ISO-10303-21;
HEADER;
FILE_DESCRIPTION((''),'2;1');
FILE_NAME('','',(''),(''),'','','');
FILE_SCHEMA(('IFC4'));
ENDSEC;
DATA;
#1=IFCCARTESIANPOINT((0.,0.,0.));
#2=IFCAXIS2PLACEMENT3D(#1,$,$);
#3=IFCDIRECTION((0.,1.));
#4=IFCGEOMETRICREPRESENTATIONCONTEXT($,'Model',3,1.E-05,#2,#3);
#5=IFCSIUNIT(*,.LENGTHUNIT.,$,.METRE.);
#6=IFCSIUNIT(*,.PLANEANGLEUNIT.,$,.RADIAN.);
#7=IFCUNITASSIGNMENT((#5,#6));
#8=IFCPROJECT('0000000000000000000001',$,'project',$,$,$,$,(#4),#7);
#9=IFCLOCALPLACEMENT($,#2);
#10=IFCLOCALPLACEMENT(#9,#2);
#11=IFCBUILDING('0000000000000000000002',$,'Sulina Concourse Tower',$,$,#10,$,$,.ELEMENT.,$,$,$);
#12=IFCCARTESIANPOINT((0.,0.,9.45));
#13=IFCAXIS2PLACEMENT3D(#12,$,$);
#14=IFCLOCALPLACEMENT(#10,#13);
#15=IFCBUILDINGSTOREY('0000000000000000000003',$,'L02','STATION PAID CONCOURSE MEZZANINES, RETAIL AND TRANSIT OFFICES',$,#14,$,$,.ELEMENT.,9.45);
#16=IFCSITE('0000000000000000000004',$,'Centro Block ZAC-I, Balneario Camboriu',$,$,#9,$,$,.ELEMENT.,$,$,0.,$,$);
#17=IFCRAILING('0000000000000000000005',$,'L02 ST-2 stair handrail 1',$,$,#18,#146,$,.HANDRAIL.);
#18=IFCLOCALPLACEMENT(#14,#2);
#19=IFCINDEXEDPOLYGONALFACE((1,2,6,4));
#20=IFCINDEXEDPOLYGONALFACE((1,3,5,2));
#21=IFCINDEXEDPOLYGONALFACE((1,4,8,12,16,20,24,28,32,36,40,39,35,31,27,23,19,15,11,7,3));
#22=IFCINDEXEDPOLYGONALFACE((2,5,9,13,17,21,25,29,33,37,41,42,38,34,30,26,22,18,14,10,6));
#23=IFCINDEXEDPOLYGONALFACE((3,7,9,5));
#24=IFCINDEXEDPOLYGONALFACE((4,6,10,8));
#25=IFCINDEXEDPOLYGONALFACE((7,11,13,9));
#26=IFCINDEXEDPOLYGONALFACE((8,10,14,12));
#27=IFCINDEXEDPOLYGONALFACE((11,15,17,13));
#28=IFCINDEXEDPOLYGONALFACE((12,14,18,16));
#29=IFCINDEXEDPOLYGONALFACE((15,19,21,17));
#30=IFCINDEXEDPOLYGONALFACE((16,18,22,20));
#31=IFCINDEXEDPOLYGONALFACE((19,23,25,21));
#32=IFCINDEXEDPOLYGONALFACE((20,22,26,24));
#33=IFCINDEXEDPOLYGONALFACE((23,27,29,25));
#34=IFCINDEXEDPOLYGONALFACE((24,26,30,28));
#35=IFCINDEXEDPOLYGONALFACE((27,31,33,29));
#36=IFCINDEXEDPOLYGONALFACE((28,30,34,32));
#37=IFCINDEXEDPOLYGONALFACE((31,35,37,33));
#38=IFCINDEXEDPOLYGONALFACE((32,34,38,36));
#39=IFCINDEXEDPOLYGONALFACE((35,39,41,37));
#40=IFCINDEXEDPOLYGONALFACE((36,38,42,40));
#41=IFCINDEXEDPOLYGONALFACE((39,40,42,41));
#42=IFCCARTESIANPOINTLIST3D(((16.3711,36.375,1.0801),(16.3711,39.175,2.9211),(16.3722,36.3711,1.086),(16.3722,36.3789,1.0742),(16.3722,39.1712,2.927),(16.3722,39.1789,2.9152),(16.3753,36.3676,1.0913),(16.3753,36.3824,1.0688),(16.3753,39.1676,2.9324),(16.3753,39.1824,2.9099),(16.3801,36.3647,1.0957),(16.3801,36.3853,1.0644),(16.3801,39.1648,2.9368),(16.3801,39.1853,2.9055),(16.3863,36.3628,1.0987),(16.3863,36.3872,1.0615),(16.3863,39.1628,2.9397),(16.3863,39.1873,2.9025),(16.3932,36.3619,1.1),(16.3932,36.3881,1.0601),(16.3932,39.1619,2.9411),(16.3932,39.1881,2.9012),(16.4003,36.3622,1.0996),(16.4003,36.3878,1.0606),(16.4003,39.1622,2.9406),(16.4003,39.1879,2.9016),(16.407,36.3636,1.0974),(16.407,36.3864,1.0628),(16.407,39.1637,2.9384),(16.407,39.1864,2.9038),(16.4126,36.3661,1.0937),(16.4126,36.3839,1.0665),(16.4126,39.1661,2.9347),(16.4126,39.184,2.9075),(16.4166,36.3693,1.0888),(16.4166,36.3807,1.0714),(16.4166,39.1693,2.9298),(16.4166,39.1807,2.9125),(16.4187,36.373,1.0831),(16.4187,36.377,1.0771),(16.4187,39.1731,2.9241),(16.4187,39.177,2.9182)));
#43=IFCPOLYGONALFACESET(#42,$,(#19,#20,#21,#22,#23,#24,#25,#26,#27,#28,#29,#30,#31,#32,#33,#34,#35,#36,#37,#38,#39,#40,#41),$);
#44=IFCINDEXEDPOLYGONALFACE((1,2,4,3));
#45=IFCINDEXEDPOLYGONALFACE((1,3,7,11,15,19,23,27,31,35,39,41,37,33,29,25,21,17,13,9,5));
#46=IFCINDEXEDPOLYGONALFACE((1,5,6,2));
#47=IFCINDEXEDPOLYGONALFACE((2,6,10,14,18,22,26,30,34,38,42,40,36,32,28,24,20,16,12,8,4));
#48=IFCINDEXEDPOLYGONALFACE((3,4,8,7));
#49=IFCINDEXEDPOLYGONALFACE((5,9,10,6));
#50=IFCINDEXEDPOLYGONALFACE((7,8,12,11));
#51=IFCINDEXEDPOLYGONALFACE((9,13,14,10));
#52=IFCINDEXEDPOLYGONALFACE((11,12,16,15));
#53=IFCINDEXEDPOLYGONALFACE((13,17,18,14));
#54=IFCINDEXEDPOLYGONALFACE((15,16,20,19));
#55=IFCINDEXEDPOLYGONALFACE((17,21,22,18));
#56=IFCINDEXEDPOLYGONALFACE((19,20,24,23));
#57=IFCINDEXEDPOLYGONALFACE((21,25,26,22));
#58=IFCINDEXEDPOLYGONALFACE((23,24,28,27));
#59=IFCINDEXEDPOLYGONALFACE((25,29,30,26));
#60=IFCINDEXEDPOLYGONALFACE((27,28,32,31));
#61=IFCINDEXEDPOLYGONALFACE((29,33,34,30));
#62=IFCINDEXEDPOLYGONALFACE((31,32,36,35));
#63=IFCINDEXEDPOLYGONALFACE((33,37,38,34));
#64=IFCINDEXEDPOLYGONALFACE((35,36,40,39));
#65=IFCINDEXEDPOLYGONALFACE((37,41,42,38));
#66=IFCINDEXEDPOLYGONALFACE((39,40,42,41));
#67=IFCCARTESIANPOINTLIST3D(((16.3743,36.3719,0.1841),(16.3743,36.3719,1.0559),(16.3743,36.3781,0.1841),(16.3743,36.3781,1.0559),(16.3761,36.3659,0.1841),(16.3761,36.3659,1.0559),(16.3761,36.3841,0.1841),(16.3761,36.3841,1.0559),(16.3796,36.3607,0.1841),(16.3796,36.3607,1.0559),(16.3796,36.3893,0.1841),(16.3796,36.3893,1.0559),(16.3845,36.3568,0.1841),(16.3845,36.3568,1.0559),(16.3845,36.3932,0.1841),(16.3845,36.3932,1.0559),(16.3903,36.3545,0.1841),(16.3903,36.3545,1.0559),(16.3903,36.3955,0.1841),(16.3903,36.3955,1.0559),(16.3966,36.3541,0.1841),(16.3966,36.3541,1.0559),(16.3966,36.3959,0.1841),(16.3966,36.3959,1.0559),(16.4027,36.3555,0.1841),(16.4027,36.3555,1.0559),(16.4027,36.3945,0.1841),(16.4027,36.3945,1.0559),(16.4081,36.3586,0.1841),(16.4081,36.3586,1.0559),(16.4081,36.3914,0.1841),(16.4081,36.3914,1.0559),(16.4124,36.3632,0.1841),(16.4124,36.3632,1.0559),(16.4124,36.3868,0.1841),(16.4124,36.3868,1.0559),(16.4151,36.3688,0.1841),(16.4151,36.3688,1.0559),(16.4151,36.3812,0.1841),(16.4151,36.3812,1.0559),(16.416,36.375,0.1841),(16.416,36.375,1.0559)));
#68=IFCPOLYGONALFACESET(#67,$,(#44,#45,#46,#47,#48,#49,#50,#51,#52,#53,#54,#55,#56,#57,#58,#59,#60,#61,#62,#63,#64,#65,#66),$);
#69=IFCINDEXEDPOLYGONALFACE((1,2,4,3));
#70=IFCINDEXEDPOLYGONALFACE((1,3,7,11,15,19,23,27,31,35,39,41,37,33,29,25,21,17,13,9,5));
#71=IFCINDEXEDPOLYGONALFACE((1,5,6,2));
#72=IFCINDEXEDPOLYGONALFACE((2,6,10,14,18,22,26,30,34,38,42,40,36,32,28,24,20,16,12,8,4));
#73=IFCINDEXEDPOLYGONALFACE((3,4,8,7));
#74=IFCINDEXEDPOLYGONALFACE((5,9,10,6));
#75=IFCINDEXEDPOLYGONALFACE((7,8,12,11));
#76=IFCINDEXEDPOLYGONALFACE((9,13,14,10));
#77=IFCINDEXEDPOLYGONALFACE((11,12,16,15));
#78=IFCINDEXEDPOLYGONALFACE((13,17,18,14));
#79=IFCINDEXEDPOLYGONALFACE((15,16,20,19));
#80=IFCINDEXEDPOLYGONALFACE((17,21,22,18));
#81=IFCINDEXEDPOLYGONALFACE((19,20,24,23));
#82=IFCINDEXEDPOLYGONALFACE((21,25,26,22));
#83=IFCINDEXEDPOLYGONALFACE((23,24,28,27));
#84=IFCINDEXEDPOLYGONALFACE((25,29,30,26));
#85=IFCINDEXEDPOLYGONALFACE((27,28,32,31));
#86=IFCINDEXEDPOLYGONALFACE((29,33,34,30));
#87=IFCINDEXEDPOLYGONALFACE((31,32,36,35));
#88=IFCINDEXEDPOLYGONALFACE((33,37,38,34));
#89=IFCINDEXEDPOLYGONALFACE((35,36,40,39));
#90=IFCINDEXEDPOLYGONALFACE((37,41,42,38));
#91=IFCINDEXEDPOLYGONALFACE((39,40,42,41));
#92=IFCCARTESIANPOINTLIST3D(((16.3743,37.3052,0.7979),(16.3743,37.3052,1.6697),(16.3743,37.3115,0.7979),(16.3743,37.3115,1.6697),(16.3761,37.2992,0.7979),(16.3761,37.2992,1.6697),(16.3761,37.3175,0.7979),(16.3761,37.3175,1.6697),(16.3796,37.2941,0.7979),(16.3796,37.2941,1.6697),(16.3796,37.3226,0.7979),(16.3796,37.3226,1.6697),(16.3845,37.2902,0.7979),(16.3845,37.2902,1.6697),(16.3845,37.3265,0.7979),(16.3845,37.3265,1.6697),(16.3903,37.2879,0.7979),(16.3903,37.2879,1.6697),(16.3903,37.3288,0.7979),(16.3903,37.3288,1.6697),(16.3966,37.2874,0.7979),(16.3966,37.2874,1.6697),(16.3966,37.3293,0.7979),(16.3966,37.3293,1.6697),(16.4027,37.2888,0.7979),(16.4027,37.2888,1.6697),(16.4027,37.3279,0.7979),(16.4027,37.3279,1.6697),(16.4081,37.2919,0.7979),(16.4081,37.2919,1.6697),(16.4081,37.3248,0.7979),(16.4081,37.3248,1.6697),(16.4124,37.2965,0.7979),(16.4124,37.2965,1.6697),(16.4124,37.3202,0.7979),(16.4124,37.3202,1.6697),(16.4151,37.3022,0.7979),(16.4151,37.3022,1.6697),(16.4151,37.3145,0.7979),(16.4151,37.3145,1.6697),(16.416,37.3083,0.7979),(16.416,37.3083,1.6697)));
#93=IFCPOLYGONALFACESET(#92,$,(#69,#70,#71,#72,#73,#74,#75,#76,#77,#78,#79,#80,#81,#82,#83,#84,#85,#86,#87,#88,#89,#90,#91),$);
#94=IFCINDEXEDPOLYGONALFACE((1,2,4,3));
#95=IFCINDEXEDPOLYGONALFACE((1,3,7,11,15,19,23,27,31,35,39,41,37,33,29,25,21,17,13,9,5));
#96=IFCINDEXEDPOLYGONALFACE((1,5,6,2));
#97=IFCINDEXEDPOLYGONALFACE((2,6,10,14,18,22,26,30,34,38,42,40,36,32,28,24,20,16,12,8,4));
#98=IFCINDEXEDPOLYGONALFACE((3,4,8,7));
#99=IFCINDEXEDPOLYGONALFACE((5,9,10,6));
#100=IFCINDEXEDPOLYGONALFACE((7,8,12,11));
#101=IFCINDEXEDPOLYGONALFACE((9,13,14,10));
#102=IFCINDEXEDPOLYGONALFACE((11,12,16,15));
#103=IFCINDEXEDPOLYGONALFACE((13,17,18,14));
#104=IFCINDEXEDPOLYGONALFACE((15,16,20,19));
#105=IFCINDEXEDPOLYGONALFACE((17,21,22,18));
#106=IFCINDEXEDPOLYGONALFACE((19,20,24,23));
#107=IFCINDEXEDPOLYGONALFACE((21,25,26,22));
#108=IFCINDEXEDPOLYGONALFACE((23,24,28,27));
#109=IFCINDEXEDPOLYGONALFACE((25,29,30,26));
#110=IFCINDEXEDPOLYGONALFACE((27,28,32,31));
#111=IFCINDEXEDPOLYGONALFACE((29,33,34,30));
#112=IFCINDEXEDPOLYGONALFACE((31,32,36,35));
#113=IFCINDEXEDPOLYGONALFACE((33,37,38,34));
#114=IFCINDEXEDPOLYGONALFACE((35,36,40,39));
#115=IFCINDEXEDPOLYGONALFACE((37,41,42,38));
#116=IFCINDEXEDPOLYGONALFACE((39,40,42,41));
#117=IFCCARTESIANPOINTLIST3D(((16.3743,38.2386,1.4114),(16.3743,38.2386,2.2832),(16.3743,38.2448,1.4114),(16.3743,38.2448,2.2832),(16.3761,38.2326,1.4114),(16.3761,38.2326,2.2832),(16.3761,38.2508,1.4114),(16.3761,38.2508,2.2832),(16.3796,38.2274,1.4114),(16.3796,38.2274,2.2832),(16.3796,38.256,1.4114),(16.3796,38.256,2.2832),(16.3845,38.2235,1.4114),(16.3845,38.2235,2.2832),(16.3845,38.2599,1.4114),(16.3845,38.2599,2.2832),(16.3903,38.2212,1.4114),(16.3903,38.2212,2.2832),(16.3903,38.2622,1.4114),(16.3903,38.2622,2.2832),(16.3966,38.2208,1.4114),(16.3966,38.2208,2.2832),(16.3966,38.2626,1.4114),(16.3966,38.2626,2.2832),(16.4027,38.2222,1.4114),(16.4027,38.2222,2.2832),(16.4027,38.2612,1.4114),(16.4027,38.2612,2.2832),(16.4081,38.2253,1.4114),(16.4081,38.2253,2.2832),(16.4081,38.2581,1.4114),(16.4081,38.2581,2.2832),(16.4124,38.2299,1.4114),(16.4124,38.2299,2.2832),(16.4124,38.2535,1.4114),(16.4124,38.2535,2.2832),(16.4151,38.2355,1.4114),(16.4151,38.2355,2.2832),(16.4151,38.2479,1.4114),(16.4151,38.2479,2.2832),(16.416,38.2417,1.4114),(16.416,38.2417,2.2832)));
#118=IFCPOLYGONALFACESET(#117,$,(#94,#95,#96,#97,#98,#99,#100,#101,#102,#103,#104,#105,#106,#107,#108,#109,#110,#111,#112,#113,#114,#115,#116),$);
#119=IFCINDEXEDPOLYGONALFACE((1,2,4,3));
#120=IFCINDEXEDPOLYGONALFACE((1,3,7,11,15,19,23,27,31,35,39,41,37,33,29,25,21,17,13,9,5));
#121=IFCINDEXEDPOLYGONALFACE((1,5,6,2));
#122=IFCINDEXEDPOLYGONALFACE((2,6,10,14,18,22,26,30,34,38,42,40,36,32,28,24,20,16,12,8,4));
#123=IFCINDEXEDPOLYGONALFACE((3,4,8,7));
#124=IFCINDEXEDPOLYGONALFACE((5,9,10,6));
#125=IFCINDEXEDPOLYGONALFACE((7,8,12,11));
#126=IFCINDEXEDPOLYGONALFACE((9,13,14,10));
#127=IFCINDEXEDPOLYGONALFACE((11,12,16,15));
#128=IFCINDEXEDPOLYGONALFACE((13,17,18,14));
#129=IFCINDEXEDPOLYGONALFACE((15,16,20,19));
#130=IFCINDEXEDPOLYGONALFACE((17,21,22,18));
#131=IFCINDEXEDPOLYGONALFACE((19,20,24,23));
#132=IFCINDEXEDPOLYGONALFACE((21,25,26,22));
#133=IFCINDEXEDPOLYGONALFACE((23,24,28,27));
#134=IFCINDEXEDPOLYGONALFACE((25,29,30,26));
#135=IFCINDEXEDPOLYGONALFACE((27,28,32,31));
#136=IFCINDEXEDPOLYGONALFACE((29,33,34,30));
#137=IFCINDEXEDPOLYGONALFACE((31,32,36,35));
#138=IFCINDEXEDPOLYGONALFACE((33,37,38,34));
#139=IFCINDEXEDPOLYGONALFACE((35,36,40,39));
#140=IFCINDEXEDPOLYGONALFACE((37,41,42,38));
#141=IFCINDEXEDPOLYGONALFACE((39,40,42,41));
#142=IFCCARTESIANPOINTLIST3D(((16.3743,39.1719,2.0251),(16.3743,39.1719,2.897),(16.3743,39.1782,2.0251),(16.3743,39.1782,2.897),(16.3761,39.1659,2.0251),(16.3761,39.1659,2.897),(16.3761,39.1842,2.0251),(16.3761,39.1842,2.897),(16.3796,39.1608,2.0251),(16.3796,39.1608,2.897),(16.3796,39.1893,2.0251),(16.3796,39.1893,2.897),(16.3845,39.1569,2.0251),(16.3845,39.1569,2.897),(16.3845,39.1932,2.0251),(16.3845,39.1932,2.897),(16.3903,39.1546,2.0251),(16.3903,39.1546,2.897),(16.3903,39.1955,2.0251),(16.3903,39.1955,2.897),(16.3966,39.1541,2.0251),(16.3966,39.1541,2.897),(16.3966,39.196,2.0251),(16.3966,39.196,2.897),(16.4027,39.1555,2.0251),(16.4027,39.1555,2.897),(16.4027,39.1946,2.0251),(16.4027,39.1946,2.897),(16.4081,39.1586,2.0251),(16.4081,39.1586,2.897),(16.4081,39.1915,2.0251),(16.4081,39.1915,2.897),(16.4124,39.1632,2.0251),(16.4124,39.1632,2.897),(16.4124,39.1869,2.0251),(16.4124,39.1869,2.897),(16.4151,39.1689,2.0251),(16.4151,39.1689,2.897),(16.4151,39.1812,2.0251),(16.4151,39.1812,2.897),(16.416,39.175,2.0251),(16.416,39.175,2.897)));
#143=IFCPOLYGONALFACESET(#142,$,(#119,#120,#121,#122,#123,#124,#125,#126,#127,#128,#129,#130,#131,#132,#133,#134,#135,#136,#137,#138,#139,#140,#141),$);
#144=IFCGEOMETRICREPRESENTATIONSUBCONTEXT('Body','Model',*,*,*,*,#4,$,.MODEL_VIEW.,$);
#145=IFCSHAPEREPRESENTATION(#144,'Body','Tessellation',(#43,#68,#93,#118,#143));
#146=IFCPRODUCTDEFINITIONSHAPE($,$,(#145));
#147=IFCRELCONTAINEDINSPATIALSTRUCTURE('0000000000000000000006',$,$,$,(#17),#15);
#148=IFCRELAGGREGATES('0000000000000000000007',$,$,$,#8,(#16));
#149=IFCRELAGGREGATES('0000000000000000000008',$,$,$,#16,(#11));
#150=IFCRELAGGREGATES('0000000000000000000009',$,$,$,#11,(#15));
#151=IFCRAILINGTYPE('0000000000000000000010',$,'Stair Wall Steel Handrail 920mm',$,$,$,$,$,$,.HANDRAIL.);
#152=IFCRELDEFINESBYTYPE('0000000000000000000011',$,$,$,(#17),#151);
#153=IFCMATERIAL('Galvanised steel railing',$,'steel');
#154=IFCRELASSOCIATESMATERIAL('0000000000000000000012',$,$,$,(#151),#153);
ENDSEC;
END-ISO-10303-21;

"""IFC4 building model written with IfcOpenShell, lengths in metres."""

from ifc_helpers import new_model, si_unit, direction, frame, origin, origin_2d, place, context, subcontext, project, spatial, circle, extrude, material, type_object, element, save


model = new_model("IFC4")

# Units and contexts
model_context = context("Model", 3, precision=1e-05, world=origin(), true_north=direction((0.0, 1.0)))
body_context = subcontext(model_context, "Body", "Model", "MODEL_VIEW")
ifc_project = project(units=[si_unit("LENGTHUNIT", "METRE"), si_unit("PLANEANGLEUNIT", "RADIAN")], contexts=[model_context])

# Site, building, storey
site_placement = place(None, origin())
site = spatial("IfcSite", under=ifc_project, at=site_placement, Name="Centro Block ZAC-I, Balneario Camboriu", CompositionType="ELEMENT", RefElevation=0.0)
building_placement = place(site_placement, origin())
building = spatial("IfcBuilding", under=site, at=building_placement, Name="Sulina Concourse Tower", CompositionType="ELEMENT")
storey_placement = place(building_placement, frame((0.0, 0.0, 9.45)))
storey = spatial("IfcBuildingStorey", under=building, at=storey_placement, Name="L02", Description="STATION PAID CONCOURSE MEZZANINES, RETAIL AND TRANSIT OFFICES", CompositionType="ELEMENT", Elevation=9.45)

# Railing
ifc_material_1 = material(Name="Galvanised steel railing", Category="steel")
railing_type_1 = type_object("IfcRailingType", Name="Stair Wall Steel Handrail 920mm", PredefinedType="HANDRAIL", material=ifc_material_1)
for number, where, name in (
    (1, (16.395, 36.375, 0.1841), "L02 ST-2 stair handrail 1"),
):
    element("IfcRailing", number, at=place(storey_placement, frame(where)), inside=storey, type_object=railing_type_1, Name=name, PredefinedType="HANDRAIL", context=body_context, shape_type="SweptSolid", body=[
        extrude(circle(Radius=0.0239, at=origin_2d()), frame((0.0, 0.0, 0.896), z_axis=(0.0, 0.835564, 0.549393), x_axis=(-1.0, 0.0, 0.0)), (0.0, 0.0, 1.0), 3.3511),
        extrude(circle(Radius=0.021, at=origin_2d()), origin(), (0.0, 0.0, 1.0), 0.8718),
        extrude(circle(Radius=0.021, at=origin_2d()), frame((0.0, 0.9333, 0.6138)), (0.0, 0.0, 1.0), 0.8718),
        extrude(circle(Radius=0.021, at=origin_2d()), frame((0.0, 1.8667, 1.2273)), (0.0, 0.0, 1.0), 0.8718),
        extrude(circle(Radius=0.021, at=origin_2d()), frame((0.0, 2.8, 1.8411)), (0.0, 0.0, 1.0), 0.8718),
    ])

save(model, "model.ifc")
